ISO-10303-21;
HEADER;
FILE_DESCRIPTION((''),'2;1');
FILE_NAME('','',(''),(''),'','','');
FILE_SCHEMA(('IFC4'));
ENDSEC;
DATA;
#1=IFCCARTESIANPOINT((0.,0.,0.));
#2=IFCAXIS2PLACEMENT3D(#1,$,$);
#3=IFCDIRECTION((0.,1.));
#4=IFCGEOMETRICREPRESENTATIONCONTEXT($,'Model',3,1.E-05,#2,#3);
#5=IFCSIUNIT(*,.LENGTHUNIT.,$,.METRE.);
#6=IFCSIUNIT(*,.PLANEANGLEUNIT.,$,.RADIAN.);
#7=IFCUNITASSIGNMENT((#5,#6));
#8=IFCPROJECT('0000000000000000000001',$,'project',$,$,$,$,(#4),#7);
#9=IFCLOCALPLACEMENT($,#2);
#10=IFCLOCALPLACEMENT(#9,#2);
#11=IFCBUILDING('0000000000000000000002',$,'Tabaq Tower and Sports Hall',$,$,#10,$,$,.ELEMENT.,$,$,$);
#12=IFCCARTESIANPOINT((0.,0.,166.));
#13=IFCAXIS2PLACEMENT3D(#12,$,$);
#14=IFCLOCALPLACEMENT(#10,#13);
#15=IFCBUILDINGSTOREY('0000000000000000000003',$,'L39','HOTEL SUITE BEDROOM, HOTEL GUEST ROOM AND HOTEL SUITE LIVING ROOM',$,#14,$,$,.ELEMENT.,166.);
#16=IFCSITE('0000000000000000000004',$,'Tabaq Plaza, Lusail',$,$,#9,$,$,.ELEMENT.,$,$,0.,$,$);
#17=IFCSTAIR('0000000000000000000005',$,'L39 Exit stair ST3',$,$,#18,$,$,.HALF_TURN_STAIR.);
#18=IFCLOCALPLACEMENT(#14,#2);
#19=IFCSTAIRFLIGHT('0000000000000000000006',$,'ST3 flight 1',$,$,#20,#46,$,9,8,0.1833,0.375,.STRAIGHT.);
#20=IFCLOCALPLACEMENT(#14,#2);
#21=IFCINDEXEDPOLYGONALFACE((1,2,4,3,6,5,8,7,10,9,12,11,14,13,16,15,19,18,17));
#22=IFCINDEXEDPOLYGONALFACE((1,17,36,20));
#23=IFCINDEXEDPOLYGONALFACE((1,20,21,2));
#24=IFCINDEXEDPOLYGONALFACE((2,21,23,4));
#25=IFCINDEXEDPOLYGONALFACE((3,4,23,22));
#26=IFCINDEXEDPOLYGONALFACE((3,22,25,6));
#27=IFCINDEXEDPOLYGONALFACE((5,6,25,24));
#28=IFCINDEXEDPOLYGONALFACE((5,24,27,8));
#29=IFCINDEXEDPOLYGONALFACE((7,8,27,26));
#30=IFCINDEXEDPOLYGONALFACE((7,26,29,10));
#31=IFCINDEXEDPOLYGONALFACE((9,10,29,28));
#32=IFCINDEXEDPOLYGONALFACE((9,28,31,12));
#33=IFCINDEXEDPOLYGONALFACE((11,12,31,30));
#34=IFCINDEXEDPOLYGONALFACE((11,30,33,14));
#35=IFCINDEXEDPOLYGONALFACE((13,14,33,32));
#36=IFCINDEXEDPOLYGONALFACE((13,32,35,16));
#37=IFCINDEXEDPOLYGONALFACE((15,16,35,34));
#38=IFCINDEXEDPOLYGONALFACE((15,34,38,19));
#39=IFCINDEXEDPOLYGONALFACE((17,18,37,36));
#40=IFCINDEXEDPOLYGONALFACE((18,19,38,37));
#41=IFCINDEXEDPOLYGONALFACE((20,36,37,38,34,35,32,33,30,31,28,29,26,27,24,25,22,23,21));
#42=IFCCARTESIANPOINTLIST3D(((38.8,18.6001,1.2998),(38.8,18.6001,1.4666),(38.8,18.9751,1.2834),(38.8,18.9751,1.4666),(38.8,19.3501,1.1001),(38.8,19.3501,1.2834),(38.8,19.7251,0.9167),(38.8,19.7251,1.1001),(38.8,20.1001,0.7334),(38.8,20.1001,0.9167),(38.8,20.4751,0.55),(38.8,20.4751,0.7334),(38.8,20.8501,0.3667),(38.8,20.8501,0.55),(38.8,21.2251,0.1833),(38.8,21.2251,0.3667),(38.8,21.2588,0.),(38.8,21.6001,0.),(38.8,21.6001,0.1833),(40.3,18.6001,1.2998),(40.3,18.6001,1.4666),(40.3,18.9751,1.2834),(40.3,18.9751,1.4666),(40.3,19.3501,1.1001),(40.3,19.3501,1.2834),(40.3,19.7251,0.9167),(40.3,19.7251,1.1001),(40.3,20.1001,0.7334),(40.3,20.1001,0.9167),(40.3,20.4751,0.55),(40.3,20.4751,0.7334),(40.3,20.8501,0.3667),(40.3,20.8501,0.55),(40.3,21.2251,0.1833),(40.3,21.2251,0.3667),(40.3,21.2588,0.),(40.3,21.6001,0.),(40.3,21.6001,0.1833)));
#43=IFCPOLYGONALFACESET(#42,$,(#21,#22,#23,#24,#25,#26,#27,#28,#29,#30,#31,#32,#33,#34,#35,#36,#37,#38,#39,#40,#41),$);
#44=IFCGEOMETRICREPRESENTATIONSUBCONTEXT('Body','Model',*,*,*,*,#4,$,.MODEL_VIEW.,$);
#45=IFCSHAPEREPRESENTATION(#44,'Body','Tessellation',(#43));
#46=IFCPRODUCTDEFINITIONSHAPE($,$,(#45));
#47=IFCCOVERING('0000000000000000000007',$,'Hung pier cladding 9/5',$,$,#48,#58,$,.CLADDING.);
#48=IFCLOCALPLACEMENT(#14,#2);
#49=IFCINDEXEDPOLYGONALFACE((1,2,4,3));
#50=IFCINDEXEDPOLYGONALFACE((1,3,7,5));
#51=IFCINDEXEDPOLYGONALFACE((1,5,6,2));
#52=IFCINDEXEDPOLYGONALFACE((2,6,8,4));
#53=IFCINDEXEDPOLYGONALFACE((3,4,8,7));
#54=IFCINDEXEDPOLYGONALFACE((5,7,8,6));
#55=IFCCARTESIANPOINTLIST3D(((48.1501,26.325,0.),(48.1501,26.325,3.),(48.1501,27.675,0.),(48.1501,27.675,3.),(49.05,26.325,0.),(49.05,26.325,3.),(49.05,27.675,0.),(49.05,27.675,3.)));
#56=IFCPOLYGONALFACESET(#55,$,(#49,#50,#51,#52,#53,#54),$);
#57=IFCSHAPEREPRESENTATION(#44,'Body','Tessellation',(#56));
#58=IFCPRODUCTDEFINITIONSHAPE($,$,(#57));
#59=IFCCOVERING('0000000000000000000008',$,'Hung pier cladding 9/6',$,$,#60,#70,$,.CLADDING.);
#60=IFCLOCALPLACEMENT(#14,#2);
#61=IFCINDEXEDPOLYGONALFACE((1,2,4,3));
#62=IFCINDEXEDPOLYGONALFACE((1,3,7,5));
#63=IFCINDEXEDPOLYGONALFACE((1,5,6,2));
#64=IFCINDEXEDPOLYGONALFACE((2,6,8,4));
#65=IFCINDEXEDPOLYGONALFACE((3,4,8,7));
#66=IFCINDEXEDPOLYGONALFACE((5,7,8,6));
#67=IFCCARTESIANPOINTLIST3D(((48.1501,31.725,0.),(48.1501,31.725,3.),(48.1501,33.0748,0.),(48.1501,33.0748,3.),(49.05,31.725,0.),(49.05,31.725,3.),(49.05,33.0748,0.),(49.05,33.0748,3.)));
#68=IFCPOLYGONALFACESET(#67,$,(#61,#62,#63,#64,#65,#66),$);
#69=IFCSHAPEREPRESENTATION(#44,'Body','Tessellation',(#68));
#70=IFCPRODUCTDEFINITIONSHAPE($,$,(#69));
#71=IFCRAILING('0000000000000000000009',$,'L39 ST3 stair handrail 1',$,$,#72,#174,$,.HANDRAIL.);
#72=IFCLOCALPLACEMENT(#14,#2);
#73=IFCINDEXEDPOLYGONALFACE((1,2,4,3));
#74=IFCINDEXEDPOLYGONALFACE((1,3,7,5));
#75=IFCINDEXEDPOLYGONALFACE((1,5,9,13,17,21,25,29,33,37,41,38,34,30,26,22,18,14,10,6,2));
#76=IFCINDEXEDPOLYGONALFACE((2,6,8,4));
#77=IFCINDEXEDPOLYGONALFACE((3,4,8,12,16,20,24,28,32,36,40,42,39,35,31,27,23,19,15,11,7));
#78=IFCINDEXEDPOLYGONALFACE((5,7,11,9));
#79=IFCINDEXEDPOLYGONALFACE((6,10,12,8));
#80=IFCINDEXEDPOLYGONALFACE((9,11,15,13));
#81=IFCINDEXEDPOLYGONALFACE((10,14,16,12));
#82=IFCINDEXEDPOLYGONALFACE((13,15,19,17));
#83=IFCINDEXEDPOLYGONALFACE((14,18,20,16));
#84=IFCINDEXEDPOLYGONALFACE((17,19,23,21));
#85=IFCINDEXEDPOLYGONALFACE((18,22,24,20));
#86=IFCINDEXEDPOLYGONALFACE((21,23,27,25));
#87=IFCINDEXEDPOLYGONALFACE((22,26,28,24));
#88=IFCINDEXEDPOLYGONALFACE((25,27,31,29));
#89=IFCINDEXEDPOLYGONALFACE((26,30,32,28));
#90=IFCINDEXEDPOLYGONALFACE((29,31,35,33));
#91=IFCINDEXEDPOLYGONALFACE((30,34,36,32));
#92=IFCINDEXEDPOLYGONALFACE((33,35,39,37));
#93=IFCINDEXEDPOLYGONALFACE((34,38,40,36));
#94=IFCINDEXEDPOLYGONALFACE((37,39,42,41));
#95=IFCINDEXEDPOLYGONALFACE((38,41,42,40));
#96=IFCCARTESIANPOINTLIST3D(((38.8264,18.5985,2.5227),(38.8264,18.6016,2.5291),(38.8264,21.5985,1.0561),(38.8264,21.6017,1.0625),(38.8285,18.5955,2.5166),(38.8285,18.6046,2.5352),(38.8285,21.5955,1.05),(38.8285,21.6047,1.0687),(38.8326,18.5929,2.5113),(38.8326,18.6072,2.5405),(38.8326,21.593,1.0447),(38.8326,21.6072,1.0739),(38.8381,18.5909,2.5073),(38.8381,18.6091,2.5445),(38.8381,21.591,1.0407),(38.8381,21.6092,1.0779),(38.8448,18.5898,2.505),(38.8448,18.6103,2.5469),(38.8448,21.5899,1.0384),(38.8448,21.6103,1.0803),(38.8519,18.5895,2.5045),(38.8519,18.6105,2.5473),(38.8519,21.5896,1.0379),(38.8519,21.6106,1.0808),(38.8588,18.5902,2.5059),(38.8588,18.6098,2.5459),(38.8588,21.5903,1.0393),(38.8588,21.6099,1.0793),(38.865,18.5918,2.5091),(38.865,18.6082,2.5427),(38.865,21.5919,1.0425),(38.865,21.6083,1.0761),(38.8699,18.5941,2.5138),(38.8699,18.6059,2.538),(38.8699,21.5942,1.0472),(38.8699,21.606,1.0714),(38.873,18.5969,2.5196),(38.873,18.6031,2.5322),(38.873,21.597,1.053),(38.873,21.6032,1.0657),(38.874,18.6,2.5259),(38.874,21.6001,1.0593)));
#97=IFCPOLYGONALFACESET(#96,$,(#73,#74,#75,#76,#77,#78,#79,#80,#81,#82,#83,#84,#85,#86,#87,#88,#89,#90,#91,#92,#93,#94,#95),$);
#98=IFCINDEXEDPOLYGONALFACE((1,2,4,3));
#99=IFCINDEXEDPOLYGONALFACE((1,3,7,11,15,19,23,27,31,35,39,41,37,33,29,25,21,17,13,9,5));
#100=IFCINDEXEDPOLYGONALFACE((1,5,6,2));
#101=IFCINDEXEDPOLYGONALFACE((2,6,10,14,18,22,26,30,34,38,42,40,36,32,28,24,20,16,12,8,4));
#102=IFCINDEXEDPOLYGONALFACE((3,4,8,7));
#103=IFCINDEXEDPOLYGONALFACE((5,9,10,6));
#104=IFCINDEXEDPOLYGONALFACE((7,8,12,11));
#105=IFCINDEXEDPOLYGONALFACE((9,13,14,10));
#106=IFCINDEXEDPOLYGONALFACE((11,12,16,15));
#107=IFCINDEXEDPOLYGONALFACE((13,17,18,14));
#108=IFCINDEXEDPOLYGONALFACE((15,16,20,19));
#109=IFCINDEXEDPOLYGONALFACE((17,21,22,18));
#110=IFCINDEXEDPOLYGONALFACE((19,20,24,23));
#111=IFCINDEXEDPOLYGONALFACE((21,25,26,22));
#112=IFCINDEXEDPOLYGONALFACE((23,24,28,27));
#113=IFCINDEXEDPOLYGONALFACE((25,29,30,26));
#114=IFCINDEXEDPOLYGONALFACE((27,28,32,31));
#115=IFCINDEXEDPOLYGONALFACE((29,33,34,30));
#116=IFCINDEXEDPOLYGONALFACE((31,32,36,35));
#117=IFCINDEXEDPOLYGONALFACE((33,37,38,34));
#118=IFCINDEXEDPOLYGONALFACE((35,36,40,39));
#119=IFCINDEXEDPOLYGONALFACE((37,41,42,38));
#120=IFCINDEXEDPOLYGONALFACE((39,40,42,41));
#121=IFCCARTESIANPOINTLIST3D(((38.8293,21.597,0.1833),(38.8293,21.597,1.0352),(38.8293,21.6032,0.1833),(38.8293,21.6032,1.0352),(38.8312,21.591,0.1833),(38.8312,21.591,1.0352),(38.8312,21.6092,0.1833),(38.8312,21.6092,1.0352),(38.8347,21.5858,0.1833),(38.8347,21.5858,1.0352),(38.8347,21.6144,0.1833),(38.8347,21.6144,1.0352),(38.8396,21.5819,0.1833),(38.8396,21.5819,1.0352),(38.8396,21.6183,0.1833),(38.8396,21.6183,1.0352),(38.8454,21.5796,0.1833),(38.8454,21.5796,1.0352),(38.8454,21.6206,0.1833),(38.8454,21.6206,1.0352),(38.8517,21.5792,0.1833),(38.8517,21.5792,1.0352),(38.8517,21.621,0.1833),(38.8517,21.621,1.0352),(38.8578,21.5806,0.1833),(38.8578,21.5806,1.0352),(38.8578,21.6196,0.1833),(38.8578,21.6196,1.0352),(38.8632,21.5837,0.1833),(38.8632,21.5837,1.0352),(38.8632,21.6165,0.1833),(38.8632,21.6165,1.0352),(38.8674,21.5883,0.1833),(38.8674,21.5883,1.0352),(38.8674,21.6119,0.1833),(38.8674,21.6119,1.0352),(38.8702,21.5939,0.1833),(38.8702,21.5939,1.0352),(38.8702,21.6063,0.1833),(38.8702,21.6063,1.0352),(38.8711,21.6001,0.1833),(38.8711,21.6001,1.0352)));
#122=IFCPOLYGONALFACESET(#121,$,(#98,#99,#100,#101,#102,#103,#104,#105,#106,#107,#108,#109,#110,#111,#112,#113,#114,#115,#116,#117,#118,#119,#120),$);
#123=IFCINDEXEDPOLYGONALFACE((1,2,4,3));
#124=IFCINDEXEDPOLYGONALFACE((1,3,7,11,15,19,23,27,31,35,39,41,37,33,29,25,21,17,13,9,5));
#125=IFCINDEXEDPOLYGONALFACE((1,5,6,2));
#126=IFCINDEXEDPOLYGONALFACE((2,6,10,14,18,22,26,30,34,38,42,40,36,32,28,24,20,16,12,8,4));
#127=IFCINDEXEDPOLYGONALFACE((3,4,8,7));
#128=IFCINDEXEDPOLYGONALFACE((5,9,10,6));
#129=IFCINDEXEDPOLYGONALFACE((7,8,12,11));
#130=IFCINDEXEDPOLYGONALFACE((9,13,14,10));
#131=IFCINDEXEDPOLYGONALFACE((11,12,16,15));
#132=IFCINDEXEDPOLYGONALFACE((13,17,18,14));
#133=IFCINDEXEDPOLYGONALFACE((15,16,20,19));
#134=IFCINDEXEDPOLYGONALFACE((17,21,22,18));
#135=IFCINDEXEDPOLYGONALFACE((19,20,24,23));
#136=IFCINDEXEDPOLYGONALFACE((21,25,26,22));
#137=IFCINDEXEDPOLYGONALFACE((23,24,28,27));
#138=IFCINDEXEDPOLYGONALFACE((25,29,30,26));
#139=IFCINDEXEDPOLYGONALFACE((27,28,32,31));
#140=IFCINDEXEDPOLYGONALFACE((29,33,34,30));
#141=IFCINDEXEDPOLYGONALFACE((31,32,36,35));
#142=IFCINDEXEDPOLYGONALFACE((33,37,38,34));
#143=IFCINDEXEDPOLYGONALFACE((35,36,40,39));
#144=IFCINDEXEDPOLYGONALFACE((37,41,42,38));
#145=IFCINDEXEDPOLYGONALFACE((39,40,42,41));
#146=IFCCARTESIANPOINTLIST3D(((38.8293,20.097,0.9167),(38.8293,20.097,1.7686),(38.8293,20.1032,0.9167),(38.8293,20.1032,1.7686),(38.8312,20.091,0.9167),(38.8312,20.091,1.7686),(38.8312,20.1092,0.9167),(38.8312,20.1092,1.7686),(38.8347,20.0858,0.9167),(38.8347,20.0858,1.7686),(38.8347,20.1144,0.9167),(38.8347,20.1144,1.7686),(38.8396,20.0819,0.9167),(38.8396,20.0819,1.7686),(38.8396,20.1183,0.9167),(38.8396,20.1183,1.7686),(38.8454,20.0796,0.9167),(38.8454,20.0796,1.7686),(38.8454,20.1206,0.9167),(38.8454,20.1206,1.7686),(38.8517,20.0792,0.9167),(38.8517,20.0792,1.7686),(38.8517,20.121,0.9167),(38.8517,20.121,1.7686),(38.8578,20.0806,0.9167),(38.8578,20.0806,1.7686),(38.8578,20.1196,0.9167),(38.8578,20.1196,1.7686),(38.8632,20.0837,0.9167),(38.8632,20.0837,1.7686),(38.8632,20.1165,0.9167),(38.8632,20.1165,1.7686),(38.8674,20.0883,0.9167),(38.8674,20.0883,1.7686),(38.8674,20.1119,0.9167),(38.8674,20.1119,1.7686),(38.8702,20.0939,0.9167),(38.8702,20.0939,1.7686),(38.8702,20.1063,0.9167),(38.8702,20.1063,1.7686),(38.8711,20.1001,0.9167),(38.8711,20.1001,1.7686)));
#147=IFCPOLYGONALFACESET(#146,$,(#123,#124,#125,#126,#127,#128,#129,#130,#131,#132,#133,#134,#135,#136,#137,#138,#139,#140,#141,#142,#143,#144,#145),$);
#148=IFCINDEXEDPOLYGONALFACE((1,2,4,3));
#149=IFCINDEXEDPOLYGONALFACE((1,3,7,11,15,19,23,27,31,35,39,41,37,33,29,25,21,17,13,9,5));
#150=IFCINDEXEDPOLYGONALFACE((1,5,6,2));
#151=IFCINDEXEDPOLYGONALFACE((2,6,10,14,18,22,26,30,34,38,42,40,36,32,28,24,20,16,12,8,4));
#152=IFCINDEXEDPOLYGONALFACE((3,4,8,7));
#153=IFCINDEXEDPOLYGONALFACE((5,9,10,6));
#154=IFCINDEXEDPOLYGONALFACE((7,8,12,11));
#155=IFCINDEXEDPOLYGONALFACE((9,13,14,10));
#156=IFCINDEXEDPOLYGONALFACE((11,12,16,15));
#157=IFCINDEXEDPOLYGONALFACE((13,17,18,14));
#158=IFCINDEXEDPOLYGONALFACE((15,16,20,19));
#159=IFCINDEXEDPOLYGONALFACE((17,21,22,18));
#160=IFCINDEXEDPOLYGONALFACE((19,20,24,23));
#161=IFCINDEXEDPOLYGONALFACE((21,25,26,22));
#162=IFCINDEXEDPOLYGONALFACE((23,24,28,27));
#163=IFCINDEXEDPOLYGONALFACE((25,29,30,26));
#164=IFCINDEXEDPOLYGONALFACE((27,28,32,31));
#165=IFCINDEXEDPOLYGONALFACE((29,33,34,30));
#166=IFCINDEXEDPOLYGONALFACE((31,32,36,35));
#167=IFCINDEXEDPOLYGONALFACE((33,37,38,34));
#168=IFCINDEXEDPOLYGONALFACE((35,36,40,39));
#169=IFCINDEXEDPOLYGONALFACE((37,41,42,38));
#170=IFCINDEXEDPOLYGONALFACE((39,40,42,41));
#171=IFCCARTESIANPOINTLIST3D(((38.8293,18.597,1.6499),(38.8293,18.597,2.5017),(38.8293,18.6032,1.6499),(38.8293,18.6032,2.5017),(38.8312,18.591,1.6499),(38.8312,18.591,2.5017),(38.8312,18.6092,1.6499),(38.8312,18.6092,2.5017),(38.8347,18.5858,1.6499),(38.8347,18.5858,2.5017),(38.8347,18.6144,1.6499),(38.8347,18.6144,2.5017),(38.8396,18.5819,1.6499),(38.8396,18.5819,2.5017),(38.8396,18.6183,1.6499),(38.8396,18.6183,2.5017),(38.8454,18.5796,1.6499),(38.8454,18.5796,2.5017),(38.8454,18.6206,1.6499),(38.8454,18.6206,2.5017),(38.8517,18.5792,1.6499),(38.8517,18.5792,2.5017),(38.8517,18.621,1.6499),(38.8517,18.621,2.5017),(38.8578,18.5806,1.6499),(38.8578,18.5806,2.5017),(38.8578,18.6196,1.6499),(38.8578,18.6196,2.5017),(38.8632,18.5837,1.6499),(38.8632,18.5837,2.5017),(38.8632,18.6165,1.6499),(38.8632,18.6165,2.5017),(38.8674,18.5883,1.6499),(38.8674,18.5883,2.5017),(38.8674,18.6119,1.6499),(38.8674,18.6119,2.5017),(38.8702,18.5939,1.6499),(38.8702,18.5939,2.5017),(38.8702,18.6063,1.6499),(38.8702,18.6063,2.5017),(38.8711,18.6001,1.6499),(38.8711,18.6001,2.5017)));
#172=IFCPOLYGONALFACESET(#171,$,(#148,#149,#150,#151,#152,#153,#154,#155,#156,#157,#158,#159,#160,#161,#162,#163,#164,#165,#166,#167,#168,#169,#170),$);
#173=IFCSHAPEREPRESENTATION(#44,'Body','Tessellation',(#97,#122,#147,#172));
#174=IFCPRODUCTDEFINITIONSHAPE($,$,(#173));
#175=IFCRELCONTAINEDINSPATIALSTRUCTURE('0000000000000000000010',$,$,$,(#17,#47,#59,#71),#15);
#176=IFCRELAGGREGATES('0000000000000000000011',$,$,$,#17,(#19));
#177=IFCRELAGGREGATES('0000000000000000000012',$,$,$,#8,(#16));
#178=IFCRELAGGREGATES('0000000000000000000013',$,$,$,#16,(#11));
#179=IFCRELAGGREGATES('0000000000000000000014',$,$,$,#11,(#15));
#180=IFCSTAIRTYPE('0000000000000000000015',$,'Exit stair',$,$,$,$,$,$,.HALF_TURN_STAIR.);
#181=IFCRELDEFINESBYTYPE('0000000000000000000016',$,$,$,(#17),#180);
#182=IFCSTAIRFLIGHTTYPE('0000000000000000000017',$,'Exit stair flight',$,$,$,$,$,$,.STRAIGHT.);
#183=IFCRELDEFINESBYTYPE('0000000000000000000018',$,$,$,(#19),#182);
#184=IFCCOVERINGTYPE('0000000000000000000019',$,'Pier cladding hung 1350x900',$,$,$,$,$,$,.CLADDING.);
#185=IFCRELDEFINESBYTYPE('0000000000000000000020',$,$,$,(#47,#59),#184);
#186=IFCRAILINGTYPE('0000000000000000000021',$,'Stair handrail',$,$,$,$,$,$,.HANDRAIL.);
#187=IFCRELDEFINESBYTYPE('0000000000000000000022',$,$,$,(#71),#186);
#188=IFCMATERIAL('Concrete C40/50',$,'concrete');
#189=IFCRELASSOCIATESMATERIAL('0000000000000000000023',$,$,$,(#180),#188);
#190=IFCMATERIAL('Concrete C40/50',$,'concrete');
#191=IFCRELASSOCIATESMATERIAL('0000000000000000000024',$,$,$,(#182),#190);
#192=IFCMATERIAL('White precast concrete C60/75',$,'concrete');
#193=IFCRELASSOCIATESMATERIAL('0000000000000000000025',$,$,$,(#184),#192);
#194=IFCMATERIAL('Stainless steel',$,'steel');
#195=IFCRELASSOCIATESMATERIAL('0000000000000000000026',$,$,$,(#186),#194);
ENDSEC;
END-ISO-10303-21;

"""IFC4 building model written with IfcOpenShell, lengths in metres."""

from ifc_helpers import new_model, si_unit, direction, frame, frame_2d, origin, origin_2d, place, context, subcontext, project, spatial, polyline, rectangle, circle, outline, extrude, material, type_object, element, aggregate, save


model = new_model("IFC4")

# Units and contexts
model_context = context("Model", 3, precision=1e-05, world=origin(), true_north=direction((0.0, 1.0)))
body_context = subcontext(model_context, "Body", "Model", "MODEL_VIEW")
ifc_project = project(units=[si_unit("LENGTHUNIT", "METRE"), si_unit("PLANEANGLEUNIT", "RADIAN")], contexts=[model_context])

# Site, building, storey
site_placement = place(None, origin())
site = spatial("IfcSite", under=ifc_project, at=site_placement, Name="Tabaq Plaza, Lusail", CompositionType="ELEMENT", RefElevation=0.0)
building_placement = place(site_placement, origin())
building = spatial("IfcBuilding", under=site, at=building_placement, Name="Tabaq Tower and Sports Hall", CompositionType="ELEMENT")
storey_placement = place(building_placement, frame((0.0, 0.0, 166.0)))
storey = spatial("IfcBuildingStorey", under=building, at=storey_placement, Name="L39", Description="HOTEL SUITE BEDROOM, HOTEL GUEST ROOM AND HOTEL SUITE LIVING ROOM", CompositionType="ELEMENT", Elevation=166.0)

# Stair, stair flight
ifc_material_1 = material(Name="Concrete C40/50", Category="concrete")
stair_type = type_object("IfcStairType", Name="Exit stair", PredefinedType="HALF_TURN_STAIR", material=ifc_material_1)
stair_placement = place(storey_placement, origin())
stair = element("IfcStair", 1, at=stair_placement, inside=storey, type_object=stair_type, Name="L39 Exit stair ST3", PredefinedType="HALF_TURN_STAIR")
ifc_material_2 = material(Name="Concrete C40/50", Category="concrete")
stair_flight_type = type_object("IfcStairFlightType", Name="Exit stair flight", PredefinedType="STRAIGHT", material=ifc_material_2)
stair_flight_placement = place(storey_placement, frame((39.55, 21.6001, 0.0), z_axis=(0.0, 0.0, 1.0), x_axis=(0.0, -1.0, 0.0)))
stair_flight = element("IfcStairFlight", 2, at=stair_flight_placement, type_object=stair_flight_type, Name="ST3 flight 1", NumberOfRisers=9, NumberOfTreads=8, PredefinedType="STRAIGHT", RiserHeight=0.1833, TreadLength=0.375, context=body_context, shape_type="SweptSolid", body=[
    extrude(outline(polyline([(0.0, 0.0), (0.0, 0.1833), (0.375, 0.1833), (0.375, 0.3667), (0.75, 0.3667), (0.75, 0.55), (1.125, 0.55), (1.125, 0.7334), (1.5, 0.7334), (1.5, 0.9167), (1.875, 0.9167), (1.875, 1.1001), (2.25, 1.1001), (2.25, 1.2834), (2.625, 1.2834), (2.625, 1.4666), (3.0, 1.4666), (3.0, 1.6499), (3.0, 1.2998), (0.3413, 0.0), (0.0, 0.0)])), frame((0.0, 0.75, 0.0), z_axis=(0.0, -1.0, 0.0), x_axis=(1.0, 0.0, 0.0)), (0.0, 0.0, 1.0), 1.5),
])
aggregate(stair, [stair_flight])

# Coverings
ifc_material_3 = material(Name="White precast concrete C60/75", Category="concrete")
covering_type_1 = type_object("IfcCoveringType", Name="Pier cladding hung 1350x900", PredefinedType="CLADDING", material=ifc_material_3)
covering_1_placement = place(storey_placement, frame((48.6001, 26.325, 0.0), z_axis=(0.0, 0.0, 1.0), x_axis=(0.0, 1.0, 0.0)))
element("IfcCovering", 3, at=covering_1_placement, inside=storey, type_object=covering_type_1, Name="Hung pier cladding 9/5", PredefinedType="CLADDING", context=body_context, shape_type="SweptSolid", body=[
    extrude(rectangle(XDim=1.3501, YDim=0.8999, at=frame_2d((0.675, 0.0))), origin(), (0.0, 0.0, 1.0), 3.0),
])
covering_2_placement = place(storey_placement, frame((48.6001, 31.7251, 0.0), z_axis=(0.0, 0.0, 1.0), x_axis=(0.0, 1.0, 0.0)))
element("IfcCovering", 4, at=covering_2_placement, inside=storey, type_object=covering_type_1, Name="Hung pier cladding 9/6", PredefinedType="CLADDING", context=body_context, shape_type="SweptSolid", body=[
    extrude(rectangle(XDim=1.3499, YDim=0.8999, at=frame_2d((0.6748, 0.0))), origin(), (0.0, 0.0, 1.0), 3.0),
])

# Railing
ifc_material_4 = material(Name="Stainless steel", Category="steel")
railing_type_1 = type_object("IfcRailingType", Name="Stair handrail", PredefinedType="HANDRAIL", material=ifc_material_4)
railing_1_placement = place(storey_placement, frame((38.8501, 21.6001, 0.1833)))
element("IfcRailing", 5, at=railing_1_placement, inside=storey, type_object=railing_type_1, Name="L39 ST3 stair handrail 1", PredefinedType="HANDRAIL", context=body_context, shape_type="SweptSolid", body=[
    extrude(circle(Radius=0.0239, at=origin_2d()), frame((0.0, 0.0, 0.876), z_axis=(0.0, -0.898398, 0.439183), x_axis=(1.0, 0.0, 0.0)), (0.0, 0.0, 1.0), 3.3394),
    extrude(circle(Radius=0.021, at=origin_2d()), origin(), (0.0, 0.0, 1.0), 0.8518),
    extrude(circle(Radius=0.021, at=origin_2d()), frame((0.0, -1.5, 0.7334)), (0.0, 0.0, 1.0), 0.8518),
    extrude(circle(Radius=0.021, at=origin_2d()), frame((0.0, -3.0, 1.4666)), (0.0, 0.0, 1.0), 0.8518),
])

save(model, "model.ifc")
